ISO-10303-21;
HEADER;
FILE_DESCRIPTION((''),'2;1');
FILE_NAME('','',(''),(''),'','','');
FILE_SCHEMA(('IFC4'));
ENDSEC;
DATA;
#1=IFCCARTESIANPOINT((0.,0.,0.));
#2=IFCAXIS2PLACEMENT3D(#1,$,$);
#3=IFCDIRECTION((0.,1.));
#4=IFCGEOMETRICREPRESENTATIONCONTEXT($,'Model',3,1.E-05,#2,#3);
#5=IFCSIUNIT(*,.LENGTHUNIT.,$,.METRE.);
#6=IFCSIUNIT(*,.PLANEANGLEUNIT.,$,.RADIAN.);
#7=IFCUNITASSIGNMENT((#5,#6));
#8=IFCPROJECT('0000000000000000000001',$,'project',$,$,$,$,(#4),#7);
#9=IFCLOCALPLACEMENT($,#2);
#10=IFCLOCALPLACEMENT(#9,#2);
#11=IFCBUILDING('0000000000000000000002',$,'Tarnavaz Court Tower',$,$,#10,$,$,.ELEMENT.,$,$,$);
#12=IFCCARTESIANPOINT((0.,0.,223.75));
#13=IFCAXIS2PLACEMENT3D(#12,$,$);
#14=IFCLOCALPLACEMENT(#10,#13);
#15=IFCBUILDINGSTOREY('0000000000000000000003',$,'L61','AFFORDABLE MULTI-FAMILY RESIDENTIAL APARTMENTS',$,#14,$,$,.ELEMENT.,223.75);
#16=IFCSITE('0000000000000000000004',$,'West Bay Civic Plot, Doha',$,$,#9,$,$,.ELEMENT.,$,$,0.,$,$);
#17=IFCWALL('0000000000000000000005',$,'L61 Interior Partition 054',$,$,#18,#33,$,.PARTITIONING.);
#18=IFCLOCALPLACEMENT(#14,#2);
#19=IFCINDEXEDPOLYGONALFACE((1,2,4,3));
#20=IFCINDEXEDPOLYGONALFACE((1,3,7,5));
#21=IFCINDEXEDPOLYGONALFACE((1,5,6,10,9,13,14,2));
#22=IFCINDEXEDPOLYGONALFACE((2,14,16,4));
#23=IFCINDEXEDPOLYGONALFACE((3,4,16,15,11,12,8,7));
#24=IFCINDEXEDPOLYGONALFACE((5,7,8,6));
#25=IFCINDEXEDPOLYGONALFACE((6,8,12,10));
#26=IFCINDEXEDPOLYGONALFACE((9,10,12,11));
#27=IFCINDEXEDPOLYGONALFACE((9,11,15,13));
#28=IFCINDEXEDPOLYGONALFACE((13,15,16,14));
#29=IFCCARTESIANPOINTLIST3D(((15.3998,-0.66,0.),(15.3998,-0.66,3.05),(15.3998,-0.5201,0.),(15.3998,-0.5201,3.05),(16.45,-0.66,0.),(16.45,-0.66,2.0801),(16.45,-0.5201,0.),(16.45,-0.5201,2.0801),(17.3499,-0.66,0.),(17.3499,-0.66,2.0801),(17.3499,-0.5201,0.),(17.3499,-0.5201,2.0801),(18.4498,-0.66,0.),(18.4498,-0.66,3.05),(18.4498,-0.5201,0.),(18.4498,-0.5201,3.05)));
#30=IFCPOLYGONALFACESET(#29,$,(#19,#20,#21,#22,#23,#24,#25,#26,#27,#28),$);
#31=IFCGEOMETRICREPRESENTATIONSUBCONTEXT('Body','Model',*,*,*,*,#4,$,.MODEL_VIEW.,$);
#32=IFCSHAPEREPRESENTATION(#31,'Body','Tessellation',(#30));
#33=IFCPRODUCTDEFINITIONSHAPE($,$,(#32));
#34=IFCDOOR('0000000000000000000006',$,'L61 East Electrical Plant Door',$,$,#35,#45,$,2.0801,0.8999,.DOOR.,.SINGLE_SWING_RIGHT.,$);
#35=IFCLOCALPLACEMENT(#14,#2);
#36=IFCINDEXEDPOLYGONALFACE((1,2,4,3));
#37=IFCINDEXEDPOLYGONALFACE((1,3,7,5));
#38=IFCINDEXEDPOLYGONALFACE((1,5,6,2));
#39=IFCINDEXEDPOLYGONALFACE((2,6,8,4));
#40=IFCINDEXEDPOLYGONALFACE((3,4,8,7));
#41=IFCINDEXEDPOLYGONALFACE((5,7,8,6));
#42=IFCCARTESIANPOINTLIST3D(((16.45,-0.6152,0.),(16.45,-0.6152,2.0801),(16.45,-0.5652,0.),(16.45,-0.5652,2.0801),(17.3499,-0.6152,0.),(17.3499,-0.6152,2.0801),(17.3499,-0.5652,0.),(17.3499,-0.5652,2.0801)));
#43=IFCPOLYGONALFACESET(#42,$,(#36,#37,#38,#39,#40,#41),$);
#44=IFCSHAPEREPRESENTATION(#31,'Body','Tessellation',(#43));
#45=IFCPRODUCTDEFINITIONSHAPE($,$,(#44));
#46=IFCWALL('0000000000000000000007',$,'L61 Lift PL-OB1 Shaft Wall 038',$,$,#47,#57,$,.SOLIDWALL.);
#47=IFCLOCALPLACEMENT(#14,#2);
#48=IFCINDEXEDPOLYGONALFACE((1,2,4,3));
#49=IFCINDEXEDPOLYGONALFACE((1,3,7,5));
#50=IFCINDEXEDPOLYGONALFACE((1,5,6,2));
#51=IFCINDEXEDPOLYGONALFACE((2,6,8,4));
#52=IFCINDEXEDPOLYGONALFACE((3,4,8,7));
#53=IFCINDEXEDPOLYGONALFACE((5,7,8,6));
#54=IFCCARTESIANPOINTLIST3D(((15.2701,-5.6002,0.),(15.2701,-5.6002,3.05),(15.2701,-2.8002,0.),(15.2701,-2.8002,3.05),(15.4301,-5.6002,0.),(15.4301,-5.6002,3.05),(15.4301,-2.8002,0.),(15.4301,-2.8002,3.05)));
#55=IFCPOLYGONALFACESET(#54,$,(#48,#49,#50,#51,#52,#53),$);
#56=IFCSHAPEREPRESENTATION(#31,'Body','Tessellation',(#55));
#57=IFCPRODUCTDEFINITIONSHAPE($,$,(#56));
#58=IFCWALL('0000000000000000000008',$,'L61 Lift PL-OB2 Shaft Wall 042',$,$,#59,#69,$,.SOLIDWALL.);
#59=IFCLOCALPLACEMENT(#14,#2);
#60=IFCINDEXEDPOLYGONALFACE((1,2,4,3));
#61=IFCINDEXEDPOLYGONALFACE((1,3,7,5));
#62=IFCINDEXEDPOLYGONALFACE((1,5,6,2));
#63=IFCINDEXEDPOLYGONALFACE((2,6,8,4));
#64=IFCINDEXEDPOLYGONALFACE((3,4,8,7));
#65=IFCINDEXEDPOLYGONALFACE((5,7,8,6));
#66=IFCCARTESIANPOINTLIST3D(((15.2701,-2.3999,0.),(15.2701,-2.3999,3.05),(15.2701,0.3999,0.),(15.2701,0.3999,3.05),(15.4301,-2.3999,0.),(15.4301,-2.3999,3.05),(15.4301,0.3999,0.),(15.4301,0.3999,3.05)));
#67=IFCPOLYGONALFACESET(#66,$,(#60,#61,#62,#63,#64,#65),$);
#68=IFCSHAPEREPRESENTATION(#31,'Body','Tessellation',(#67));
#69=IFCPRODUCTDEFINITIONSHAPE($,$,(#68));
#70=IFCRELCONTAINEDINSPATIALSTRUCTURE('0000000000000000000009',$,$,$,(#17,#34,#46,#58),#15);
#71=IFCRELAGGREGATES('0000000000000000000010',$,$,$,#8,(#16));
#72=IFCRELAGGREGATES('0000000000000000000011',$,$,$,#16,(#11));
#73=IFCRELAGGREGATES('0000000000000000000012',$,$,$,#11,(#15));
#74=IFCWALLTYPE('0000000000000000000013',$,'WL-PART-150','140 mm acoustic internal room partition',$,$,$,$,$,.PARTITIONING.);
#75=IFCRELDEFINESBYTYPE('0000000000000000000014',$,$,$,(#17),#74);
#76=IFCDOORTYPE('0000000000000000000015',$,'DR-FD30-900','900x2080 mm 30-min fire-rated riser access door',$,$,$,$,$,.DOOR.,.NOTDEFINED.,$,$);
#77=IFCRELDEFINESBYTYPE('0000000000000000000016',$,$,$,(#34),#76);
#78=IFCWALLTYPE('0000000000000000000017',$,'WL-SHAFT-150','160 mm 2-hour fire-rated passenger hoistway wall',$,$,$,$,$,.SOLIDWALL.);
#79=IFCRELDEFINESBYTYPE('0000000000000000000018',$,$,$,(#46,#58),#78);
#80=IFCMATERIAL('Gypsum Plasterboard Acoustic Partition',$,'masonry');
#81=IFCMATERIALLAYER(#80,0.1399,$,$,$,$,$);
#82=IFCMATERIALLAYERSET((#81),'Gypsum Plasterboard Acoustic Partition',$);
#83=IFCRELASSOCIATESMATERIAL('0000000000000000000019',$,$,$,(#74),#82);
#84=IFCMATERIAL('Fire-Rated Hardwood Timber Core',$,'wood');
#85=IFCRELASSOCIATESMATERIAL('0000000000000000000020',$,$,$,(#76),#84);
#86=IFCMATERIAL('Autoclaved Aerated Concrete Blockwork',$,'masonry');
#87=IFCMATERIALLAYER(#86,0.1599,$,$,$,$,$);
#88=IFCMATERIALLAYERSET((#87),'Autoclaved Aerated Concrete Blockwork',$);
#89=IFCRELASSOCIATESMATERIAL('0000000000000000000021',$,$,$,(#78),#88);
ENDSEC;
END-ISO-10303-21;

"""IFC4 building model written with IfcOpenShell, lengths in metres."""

from ifc_helpers import new_model, si_unit, direction, frame, frame_2d, origin, place, context, subcontext, project, spatial, rectangle, extrude, material, layer, layer_set, type_object, element, fill, save


model = new_model("IFC4")

# Units and contexts
model_context = context("Model", 3, precision=1e-05, world=origin(), true_north=direction((0.0, 1.0)))
body_context = subcontext(model_context, "Body", "Model", "MODEL_VIEW")
ifc_project = project(units=[si_unit("LENGTHUNIT", "METRE"), si_unit("PLANEANGLEUNIT", "RADIAN")], contexts=[model_context])

# Site, building, storey
site_placement = place(None, origin())
site = spatial("IfcSite", under=ifc_project, at=site_placement, Name="West Bay Civic Plot, Doha", CompositionType="ELEMENT", RefElevation=0.0)
building_placement = place(site_placement, origin())
building = spatial("IfcBuilding", under=site, at=building_placement, Name="Tarnavaz Court Tower", CompositionType="ELEMENT")
storey_placement = place(building_placement, frame((0.0, 0.0, 223.75)))
storey = spatial("IfcBuildingStorey", under=building, at=storey_placement, Name="L61", Description="AFFORDABLE MULTI-FAMILY RESIDENTIAL APARTMENTS", CompositionType="ELEMENT", Elevation=223.75)

# Shared definitions
ifc_material_1 = material(Name="Fire-Rated Hardwood Timber Core", Category="wood")

# Wall, opening, door
ifc_material_2 = material(Name="Gypsum Plasterboard Acoustic Partition", Category="masonry")
ifc_layer_1 = layer(ifc_material_2, 0.1399)
ifc_layer_set_1 = layer_set([ifc_layer_1], Name="Gypsum Plasterboard Acoustic Partition")
wall_type_1 = type_object("IfcWallType", Name="WL-PART-150", Description="140 mm acoustic internal room partition", PredefinedType="PARTITIONING", material=ifc_layer_set_1)
door_type_1 = type_object("IfcDoorType", Name="DR-FD30-900", Description="900x2080 mm 30-min fire-rated riser access door", OperationType="NOTDEFINED", PredefinedType="DOOR", material=ifc_material_1)
wall_1_placement = place(storey_placement, frame((15.3999, -0.5901, 0.0), z_axis=(0.0, 0.0, 1.0), x_axis=(1.0, 0.0, 0.0)))
wall_1 = element("IfcWall", 1, at=wall_1_placement, inside=storey, type_object=wall_type_1, Name="L61 Interior Partition 054", PredefinedType="PARTITIONING", context=body_context, shape_type="SweptSolid", body=[
    extrude(rectangle(XDim=3.05, YDim=0.1399, at=frame_2d((1.5249, 0.0))), origin(), (0.0, 0.0, 1.0), 3.05),
])
opening_1_placement = place(wall_1_placement, frame((1.05, 0.0, 0.0)))
opening_1 = element("IfcOpeningElement", 2, at=opening_1_placement, cuts=wall_1, PredefinedType="OPENING", context=body_context, shape_type="SweptSolid", body=[
    extrude(rectangle(XDim=0.8999, YDim=2.0801, at=frame_2d((0.45, 1.04))), frame((0.0, 0.0798, 0.0), z_axis=(0.0, -1.0, 0.0), x_axis=(1.0, 0.0, 0.0)), (0.0, 0.0, 1.0), 0.1599),
])
door_1_placement = place(opening_1_placement, origin())
door_1 = element("IfcDoor", 3, at=door_1_placement, inside=storey, type_object=door_type_1, Name="L61 East Electrical Plant Door", OperationType="SINGLE_SWING_RIGHT", OverallHeight=2.0801, OverallWidth=0.8999, PredefinedType="DOOR", context=body_context, shape_type="SweptSolid", body=[
    extrude(rectangle(XDim=0.8999, YDim=2.0801, at=frame_2d((0.45, 1.04))), frame((0.0, 0.0249, 0.0), z_axis=(0.0, -1.0, 0.0), x_axis=(1.0, 0.0, 0.0)), (0.0, 0.0, 1.0), 0.05),
])
fill(opening_1, door_1)

# Walls
ifc_material_3 = material(Name="Autoclaved Aerated Concrete Blockwork", Category="masonry")
ifc_layer_2 = layer(ifc_material_3, 0.1599)
ifc_layer_set_2 = layer_set([ifc_layer_2], Name="Autoclaved Aerated Concrete Blockwork")
wall_type_2 = type_object("IfcWallType", Name="WL-SHAFT-150", Description="160 mm 2-hour fire-rated passenger hoistway wall", PredefinedType="SOLIDWALL", material=ifc_layer_set_2)
wall_2_placement = place(storey_placement, frame((15.3501, -5.6001, 0.0), z_axis=(0.0, 0.0, 1.0), x_axis=(0.0, 1.0, 0.0)))
element("IfcWall", 4, at=wall_2_placement, inside=storey, type_object=wall_type_2, Name="L61 Lift PL-OB1 Shaft Wall 038", PredefinedType="SOLIDWALL", context=body_context, shape_type="SweptSolid", body=[
    extrude(rectangle(XDim=2.8, YDim=0.1599, at=frame_2d((1.3999, 0.0))), origin(), (0.0, 0.0, 1.0), 3.05),
])
wall_3_placement = place(storey_placement, frame((15.3501, -2.3999, 0.0), z_axis=(0.0, 0.0, 1.0), x_axis=(0.0, 1.0, 0.0)))
element("IfcWall", 5, at=wall_3_placement, inside=storey, type_object=wall_type_2, Name="L61 Lift PL-OB2 Shaft Wall 042", PredefinedType="SOLIDWALL", context=body_context, shape_type="SweptSolid", body=[
    extrude(rectangle(XDim=2.7998, YDim=0.1599, at=frame_2d((1.3999, 0.0))), origin(), (0.0, 0.0, 1.0), 3.05),
])

save(model, "model.ifc")
